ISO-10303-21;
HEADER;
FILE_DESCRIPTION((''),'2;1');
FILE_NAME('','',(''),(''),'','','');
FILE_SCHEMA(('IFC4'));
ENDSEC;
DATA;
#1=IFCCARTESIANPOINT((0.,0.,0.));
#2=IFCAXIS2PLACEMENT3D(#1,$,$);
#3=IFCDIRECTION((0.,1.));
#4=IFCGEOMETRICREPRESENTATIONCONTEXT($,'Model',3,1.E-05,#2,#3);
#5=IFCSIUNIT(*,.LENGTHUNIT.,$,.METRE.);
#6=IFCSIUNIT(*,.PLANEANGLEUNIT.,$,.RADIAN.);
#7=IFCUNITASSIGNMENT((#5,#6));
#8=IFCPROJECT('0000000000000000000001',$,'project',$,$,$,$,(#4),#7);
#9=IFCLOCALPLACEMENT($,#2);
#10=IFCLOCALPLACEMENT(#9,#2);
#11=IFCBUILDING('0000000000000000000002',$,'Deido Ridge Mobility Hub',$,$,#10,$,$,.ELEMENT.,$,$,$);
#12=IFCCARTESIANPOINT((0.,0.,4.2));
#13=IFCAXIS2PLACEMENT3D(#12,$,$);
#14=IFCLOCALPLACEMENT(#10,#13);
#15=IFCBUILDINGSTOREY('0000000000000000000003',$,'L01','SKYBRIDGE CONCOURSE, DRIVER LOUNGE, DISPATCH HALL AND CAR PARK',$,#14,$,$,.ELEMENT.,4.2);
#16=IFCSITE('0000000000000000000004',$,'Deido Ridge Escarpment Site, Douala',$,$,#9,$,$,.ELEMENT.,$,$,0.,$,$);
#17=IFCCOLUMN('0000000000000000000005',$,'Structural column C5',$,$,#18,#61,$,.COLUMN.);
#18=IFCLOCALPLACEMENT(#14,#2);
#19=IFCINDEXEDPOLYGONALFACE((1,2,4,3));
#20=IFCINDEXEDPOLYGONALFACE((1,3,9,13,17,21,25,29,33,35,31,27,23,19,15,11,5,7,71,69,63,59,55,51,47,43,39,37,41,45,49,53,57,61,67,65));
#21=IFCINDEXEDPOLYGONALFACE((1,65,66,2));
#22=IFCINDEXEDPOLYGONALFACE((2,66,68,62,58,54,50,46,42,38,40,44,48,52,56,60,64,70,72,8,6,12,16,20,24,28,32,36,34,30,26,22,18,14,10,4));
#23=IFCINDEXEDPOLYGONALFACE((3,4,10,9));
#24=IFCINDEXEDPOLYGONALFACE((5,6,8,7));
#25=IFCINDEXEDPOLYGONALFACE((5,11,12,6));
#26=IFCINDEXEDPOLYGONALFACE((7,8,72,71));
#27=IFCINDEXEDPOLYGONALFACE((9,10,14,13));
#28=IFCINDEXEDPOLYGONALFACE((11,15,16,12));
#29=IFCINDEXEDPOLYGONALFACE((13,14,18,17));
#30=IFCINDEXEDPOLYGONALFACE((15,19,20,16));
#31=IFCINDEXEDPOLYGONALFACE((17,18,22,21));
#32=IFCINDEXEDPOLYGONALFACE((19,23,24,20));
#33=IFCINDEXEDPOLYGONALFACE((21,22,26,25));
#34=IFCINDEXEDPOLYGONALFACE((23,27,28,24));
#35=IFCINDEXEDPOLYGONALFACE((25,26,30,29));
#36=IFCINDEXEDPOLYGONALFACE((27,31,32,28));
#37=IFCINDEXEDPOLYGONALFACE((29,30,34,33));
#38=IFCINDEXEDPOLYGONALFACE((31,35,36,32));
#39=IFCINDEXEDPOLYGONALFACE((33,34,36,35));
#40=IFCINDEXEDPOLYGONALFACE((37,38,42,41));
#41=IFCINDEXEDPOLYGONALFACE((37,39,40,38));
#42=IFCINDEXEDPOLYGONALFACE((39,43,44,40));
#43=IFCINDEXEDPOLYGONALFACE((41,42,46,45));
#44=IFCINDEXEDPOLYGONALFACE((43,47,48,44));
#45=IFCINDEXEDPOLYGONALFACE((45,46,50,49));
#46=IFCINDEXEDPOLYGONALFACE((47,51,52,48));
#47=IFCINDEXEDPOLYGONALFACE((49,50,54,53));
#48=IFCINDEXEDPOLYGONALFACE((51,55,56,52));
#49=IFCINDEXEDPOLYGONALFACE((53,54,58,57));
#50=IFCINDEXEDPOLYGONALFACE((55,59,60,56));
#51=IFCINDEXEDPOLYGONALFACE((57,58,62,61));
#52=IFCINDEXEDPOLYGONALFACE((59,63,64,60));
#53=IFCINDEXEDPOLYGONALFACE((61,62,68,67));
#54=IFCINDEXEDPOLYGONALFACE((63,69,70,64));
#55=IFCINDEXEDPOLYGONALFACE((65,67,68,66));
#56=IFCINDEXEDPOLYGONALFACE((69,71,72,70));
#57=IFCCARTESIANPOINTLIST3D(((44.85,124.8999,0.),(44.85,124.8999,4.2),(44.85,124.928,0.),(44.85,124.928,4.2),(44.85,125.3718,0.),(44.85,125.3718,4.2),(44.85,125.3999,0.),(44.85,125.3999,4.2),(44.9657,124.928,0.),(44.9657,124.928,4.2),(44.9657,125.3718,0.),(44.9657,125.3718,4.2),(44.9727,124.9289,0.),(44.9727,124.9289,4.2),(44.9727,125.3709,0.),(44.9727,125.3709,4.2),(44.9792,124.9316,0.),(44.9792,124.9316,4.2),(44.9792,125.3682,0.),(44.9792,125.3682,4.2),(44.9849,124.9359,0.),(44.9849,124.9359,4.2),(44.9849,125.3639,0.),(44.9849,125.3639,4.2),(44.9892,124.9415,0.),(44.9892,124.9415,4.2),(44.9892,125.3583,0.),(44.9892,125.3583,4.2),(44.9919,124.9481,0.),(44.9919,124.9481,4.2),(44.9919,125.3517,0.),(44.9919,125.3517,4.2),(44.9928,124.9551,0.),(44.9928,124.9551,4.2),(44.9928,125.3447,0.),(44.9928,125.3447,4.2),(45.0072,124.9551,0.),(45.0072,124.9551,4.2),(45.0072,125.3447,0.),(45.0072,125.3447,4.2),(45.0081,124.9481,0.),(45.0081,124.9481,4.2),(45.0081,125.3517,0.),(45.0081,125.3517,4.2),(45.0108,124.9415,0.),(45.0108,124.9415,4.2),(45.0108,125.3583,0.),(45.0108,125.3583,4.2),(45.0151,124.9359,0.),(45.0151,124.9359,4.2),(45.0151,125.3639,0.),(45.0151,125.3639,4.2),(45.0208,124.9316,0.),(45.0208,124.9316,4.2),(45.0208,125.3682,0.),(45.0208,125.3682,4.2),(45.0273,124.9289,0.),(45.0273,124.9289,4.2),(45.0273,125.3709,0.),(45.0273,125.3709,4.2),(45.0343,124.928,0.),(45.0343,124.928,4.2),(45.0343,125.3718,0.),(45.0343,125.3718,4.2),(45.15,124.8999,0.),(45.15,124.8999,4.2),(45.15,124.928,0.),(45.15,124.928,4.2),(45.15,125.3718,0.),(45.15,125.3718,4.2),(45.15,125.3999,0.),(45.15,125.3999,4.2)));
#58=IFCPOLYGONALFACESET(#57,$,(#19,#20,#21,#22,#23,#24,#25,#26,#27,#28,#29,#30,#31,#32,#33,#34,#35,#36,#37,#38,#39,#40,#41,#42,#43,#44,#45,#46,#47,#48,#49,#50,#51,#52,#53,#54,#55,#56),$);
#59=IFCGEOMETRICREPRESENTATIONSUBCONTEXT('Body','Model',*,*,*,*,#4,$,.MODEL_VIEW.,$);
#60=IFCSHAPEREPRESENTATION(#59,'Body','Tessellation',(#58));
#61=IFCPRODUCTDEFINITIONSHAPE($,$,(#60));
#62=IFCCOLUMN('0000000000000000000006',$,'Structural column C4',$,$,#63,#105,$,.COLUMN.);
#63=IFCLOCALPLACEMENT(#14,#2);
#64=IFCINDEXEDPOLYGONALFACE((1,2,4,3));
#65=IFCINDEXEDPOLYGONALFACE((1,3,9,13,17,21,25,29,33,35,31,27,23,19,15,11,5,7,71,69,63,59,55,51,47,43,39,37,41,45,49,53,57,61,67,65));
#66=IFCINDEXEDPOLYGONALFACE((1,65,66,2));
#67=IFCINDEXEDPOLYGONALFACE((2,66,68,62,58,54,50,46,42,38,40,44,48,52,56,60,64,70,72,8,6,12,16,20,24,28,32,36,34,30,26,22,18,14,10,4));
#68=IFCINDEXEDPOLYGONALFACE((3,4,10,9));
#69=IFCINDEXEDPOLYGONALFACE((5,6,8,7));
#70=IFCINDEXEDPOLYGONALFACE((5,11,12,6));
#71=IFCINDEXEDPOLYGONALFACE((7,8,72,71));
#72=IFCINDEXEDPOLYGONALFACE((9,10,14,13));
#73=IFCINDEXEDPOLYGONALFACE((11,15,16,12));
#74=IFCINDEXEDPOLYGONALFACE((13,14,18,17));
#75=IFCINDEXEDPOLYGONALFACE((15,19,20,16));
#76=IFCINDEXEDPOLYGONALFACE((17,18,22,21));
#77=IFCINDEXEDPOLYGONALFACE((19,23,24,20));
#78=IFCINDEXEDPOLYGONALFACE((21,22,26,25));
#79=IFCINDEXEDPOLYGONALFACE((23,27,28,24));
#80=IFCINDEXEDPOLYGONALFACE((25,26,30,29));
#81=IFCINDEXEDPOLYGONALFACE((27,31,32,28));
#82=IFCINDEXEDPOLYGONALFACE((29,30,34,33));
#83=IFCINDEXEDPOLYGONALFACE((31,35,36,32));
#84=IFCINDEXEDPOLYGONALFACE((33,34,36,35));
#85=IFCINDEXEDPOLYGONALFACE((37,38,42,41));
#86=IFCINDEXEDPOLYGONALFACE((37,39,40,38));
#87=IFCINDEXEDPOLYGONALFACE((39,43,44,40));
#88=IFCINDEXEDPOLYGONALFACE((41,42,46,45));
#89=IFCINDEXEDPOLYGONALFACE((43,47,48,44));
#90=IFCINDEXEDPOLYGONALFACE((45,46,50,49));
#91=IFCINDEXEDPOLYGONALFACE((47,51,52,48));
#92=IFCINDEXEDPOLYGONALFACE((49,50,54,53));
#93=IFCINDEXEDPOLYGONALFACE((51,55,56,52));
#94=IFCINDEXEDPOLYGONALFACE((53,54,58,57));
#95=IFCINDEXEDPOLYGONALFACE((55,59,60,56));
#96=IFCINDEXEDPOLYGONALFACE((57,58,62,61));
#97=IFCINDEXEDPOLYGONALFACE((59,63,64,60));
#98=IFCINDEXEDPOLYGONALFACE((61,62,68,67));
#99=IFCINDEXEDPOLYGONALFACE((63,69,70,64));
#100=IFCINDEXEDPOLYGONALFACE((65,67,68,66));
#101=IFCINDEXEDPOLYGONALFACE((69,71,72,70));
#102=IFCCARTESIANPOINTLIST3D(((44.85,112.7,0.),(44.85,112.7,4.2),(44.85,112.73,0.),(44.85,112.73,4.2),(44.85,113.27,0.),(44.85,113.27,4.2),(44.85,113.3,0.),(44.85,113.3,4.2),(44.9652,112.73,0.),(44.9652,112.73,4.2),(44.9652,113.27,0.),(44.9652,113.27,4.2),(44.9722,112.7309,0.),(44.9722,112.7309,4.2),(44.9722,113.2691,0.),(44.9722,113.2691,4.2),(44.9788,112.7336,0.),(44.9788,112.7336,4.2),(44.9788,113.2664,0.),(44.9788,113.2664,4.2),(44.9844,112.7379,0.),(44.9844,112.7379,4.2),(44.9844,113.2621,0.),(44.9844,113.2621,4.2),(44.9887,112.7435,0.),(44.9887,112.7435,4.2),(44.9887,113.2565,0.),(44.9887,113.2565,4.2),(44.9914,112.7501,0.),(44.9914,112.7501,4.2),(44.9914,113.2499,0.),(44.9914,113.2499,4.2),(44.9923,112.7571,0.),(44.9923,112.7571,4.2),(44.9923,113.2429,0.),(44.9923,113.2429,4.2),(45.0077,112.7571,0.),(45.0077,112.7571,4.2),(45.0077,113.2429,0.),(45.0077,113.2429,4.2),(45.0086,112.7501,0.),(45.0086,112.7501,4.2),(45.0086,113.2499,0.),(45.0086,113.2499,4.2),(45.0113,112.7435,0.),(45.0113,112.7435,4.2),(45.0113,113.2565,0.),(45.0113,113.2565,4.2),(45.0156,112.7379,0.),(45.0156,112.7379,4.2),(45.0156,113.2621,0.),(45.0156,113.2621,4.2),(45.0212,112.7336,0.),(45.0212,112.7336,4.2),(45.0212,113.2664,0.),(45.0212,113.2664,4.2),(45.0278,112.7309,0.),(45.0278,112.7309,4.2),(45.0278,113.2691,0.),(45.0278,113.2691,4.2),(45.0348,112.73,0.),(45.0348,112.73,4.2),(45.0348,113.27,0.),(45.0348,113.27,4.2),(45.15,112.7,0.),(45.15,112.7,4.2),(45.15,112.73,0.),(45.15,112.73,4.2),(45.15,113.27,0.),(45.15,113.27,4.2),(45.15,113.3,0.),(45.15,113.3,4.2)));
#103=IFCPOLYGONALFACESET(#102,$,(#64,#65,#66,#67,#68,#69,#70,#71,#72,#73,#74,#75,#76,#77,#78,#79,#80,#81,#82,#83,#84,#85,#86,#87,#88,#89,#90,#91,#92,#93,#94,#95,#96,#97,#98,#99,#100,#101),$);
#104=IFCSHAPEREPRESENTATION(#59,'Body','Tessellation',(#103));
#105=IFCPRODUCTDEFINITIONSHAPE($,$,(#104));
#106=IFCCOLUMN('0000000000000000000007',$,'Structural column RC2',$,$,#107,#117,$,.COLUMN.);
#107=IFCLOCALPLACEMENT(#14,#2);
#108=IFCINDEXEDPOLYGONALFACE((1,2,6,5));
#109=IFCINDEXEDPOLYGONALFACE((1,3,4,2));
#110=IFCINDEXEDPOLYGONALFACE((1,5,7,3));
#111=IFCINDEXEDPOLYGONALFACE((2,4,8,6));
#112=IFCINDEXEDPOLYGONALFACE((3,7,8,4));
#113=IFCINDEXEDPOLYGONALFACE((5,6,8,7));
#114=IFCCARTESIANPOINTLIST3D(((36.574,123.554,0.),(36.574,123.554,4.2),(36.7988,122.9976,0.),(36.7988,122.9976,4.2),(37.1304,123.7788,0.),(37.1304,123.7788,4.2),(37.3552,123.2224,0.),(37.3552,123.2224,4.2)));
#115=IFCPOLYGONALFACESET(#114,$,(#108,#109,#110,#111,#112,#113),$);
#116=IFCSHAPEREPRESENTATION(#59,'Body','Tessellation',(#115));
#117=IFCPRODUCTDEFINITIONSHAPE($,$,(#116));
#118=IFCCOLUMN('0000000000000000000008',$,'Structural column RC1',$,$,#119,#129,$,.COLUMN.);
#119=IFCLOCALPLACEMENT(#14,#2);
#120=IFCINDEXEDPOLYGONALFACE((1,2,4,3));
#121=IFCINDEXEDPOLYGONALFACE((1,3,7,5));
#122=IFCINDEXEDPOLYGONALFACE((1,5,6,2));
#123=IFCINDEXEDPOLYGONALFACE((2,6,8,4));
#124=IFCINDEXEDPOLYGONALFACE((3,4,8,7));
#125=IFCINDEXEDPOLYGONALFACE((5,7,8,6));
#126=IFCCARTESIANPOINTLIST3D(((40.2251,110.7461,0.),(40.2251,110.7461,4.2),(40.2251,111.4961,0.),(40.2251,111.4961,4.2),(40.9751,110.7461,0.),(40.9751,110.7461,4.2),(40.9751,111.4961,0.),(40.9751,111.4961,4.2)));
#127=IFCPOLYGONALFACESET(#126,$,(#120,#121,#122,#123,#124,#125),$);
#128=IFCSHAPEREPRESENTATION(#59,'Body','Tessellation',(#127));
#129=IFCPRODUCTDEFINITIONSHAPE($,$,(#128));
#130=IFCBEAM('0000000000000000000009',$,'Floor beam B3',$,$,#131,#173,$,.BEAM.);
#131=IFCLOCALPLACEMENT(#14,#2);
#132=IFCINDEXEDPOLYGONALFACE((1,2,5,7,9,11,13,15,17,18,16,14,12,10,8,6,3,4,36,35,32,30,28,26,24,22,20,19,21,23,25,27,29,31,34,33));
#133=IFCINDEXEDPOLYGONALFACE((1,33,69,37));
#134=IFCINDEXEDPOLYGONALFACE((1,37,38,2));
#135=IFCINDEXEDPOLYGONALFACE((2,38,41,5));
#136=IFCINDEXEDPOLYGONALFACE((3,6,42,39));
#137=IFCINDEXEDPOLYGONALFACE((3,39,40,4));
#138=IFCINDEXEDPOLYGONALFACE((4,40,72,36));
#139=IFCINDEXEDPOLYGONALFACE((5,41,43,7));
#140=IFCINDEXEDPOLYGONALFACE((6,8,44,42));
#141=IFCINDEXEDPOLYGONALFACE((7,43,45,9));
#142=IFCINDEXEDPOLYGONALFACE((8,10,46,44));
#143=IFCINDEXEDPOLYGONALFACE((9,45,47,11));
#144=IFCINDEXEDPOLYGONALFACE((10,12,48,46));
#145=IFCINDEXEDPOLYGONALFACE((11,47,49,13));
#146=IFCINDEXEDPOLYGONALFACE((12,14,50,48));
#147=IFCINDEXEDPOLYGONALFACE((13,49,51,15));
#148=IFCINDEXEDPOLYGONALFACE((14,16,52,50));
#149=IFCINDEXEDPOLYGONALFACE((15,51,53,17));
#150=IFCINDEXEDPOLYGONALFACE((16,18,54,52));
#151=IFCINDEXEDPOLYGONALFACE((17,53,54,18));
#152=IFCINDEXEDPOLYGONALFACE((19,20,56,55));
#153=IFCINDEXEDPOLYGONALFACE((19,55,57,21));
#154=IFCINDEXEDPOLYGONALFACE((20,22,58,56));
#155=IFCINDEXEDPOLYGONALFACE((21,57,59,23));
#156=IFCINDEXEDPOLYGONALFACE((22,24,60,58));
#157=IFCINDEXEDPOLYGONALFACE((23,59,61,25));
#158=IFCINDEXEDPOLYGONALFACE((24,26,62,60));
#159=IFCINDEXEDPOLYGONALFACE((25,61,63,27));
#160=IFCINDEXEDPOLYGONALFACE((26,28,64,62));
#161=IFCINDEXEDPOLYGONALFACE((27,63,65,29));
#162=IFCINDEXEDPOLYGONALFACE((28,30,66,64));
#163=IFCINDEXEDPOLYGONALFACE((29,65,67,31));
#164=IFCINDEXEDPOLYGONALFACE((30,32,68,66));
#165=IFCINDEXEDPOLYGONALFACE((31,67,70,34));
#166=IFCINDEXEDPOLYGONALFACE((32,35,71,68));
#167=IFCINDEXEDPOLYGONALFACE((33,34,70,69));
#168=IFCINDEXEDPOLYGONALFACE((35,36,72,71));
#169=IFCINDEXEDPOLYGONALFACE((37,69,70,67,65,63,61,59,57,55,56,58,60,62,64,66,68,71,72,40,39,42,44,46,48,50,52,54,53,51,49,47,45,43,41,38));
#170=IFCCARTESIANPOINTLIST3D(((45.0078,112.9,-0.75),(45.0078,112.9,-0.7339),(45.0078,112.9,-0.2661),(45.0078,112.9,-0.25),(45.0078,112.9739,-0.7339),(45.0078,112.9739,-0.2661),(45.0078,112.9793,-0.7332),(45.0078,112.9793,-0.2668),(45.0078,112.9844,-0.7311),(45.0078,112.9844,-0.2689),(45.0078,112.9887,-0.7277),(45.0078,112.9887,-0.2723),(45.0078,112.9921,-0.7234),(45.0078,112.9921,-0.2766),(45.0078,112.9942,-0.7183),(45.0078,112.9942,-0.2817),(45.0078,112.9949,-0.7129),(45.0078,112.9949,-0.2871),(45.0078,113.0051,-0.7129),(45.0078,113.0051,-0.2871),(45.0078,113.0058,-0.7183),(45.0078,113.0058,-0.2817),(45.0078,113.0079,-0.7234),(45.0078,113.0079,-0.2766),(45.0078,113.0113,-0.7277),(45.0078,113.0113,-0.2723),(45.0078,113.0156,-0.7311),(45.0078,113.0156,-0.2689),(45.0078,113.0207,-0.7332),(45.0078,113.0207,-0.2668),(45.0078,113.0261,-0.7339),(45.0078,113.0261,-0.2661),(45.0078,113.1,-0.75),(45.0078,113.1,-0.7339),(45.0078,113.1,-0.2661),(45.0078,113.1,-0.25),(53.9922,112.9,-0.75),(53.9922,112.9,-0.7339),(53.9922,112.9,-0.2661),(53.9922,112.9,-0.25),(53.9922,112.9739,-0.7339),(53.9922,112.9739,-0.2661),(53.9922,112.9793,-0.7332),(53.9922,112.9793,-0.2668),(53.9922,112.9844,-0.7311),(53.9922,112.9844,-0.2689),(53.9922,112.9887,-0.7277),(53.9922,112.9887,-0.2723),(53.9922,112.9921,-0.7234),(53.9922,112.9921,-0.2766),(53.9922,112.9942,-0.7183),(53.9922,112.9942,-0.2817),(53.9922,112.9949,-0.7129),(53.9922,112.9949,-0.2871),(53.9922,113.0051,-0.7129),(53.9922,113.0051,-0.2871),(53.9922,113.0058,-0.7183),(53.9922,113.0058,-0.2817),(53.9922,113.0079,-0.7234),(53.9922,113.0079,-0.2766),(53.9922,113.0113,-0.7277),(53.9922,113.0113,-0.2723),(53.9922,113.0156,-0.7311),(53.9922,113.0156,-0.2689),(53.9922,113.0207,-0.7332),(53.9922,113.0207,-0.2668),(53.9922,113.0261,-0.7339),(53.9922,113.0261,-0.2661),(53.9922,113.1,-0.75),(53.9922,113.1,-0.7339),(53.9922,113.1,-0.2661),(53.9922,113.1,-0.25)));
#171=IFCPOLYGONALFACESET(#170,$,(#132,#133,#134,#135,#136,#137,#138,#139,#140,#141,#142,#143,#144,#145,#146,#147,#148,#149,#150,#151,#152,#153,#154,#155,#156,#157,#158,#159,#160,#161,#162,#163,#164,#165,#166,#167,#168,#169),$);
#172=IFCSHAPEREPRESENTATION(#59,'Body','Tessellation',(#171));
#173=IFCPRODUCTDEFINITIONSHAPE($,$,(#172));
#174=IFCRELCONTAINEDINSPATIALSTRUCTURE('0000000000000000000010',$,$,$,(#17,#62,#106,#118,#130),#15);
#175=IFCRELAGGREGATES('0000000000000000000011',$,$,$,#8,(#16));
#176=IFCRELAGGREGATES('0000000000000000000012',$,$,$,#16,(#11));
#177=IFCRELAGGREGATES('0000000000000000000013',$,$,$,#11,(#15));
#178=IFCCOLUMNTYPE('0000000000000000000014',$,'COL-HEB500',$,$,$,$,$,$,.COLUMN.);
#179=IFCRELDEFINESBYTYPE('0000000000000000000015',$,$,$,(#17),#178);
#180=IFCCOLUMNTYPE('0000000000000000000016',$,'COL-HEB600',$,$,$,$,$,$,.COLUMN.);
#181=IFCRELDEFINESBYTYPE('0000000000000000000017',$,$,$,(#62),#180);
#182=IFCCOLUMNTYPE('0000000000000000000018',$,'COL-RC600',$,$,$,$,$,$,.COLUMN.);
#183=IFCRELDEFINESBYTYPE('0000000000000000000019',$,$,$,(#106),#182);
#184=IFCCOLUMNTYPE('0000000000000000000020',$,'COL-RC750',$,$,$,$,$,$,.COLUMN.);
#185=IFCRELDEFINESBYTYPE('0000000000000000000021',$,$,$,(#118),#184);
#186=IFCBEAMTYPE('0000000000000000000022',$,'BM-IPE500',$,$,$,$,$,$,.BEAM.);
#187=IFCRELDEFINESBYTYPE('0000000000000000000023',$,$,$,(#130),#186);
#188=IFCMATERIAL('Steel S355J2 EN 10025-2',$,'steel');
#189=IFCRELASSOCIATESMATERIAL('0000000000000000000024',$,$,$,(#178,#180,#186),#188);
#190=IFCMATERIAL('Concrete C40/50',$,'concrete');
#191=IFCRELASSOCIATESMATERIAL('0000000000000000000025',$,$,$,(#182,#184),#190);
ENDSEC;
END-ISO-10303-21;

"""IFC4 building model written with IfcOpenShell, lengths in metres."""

from ifc_helpers import new_model, si_unit, direction, frame, origin, origin_2d, place, context, subcontext, project, spatial, rectangle, i_section, extrude, material, material_profile, profile_set, type_object, element, save


model = new_model("IFC4")

# Units and contexts
model_context = context("Model", 3, precision=1e-05, world=origin(), true_north=direction((0.0, 1.0)))
body_context = subcontext(model_context, "Body", "Model", "MODEL_VIEW")
ifc_project = project(units=[si_unit("LENGTHUNIT", "METRE"), si_unit("PLANEANGLEUNIT", "RADIAN")], contexts=[model_context])

# Site, building, storey
site_placement = place(None, origin())
site = spatial("IfcSite", under=ifc_project, at=site_placement, Name="Deido Ridge Escarpment Site, Douala", CompositionType="ELEMENT", RefElevation=0.0)
building_placement = place(site_placement, origin())
building = spatial("IfcBuilding", under=site, at=building_placement, Name="Deido Ridge Mobility Hub", CompositionType="ELEMENT")
storey_placement = place(building_placement, frame((0.0, 0.0, 4.2)))
storey = spatial("IfcBuildingStorey", under=building, at=storey_placement, Name="L01", Description="SKYBRIDGE CONCOURSE, DRIVER LOUNGE, DISPATCH HALL AND CAR PARK", CompositionType="ELEMENT", Elevation=4.2)

# Columns
ifc_material_1 = material(Name="Steel S355J2 EN 10025-2", Category="steel")
ifc_material_profile_1 = material_profile(ifc_material_1, i_section(OverallWidth=0.3, OverallDepth=0.5, WebThickness=0.0144, FlangeThickness=0.0281, FilletRadius=0.0271, at=origin_2d()), Name="HEB 500")
ifc_profile_set_1 = profile_set([ifc_material_profile_1], Name="Steel S355J2 EN 10025-2")
column_type_1 = type_object("IfcColumnType", Name="COL-HEB500", PredefinedType="COLUMN", material=ifc_profile_set_1)
column_1_placement = place(storey_placement, frame((45.0, 125.1499, 0.0), z_axis=(0.0, 0.0, 1.0), x_axis=(1.0, 0.0, 0.0)))
element("IfcColumn", 1, at=column_1_placement, inside=storey, type_object=column_type_1, Name="Structural column C5", PredefinedType="COLUMN", context=body_context, shape_type="SweptSolid", body=[
    extrude(i_section(OverallWidth=0.3, OverallDepth=0.5, WebThickness=0.0144, FlangeThickness=0.0281, FilletRadius=0.0271, at=origin_2d()), origin(), (0.0, 0.0, 1.0), 4.2),
])
ifc_material_profile_2 = material_profile(ifc_material_1, i_section(OverallWidth=0.3, OverallDepth=0.6001, WebThickness=0.0154, FlangeThickness=0.03, FilletRadius=0.0271, at=origin_2d()), Name="HEB 600")
ifc_profile_set_2 = profile_set([ifc_material_profile_2], Name="Steel S355J2 EN 10025-2")
column_type_2 = type_object("IfcColumnType", Name="COL-HEB600", PredefinedType="COLUMN", material=ifc_profile_set_2)
column_2_placement = place(storey_placement, frame((45.0, 113.0, 0.0), z_axis=(0.0, 0.0, 1.0), x_axis=(1.0, 0.0, 0.0)))
element("IfcColumn", 2, at=column_2_placement, inside=storey, type_object=column_type_2, Name="Structural column C4", PredefinedType="COLUMN", context=body_context, shape_type="SweptSolid", body=[
    extrude(i_section(OverallWidth=0.3, OverallDepth=0.6001, WebThickness=0.0154, FlangeThickness=0.03, FilletRadius=0.0271, at=origin_2d()), origin(), (0.0, 0.0, 1.0), 4.2),
])
ifc_material_2 = material(Name="Concrete C40/50", Category="concrete")
ifc_material_profile_3 = material_profile(ifc_material_2, rectangle(XDim=0.6001, YDim=0.6001, at=origin_2d()), Name="RC COL 600x600")
ifc_profile_set_3 = profile_set([ifc_material_profile_3], Name="Concrete C40/50")
column_type_3 = type_object("IfcColumnType", Name="COL-RC600", PredefinedType="COLUMN", material=ifc_profile_set_3)
column_3_placement = place(storey_placement, frame((36.9646, 123.3882, 0.0), z_axis=(0.0, 0.0, 1.0), x_axis=(-0.374607, 0.927184, 0.0)))
element("IfcColumn", 3, at=column_3_placement, inside=storey, type_object=column_type_3, Name="Structural column RC2", PredefinedType="COLUMN", context=body_context, shape_type="SweptSolid", body=[
    extrude(rectangle(XDim=0.6001, YDim=0.6001, at=origin_2d()), origin(), (0.0, 0.0, 1.0), 4.2),
])
ifc_material_profile_4 = material_profile(ifc_material_2, rectangle(XDim=0.75, YDim=0.75, at=origin_2d()), Name="RC COL 750x750")
ifc_profile_set_4 = profile_set([ifc_material_profile_4], Name="Concrete C40/50")
column_type_4 = type_object("IfcColumnType", Name="COL-RC750", PredefinedType="COLUMN", material=ifc_profile_set_4)
column_4_placement = place(storey_placement, frame((40.6001, 111.1211, 0.0), z_axis=(0.0, 0.0, 1.0), x_axis=(1.0, 0.0, 0.0)))
element("IfcColumn", 4, at=column_4_placement, inside=storey, type_object=column_type_4, Name="Structural column RC1", PredefinedType="COLUMN", context=body_context, shape_type="SweptSolid", body=[
    extrude(rectangle(XDim=0.75, YDim=0.75, at=origin_2d()), origin(), (0.0, 0.0, 1.0), 4.2),
])

# Beam
ifc_material_profile_5 = material_profile(ifc_material_1, i_section(OverallWidth=0.2, OverallDepth=0.5, WebThickness=0.0103, FlangeThickness=0.0161, FilletRadius=0.021, at=origin_2d()), Name="IPE 500")
ifc_profile_set_5 = profile_set([ifc_material_profile_5], Name="Steel S355J2 EN 10025-2")
beam_type_1 = type_object("IfcBeamType", Name="BM-IPE500", PredefinedType="BEAM", material=ifc_profile_set_5)
beam_1_placement = place(storey_placement, frame((45.0078, 113.0, -0.5), z_axis=(1.0, 0.0, 0.0), x_axis=(0.0, 1.0, 0.0)))
element("IfcBeam", 5, at=beam_1_placement, inside=storey, type_object=beam_type_1, Name="Floor beam B3", PredefinedType="BEAM", context=body_context, shape_type="SweptSolid", body=[
    extrude(i_section(OverallWidth=0.2, OverallDepth=0.5, WebThickness=0.0103, FlangeThickness=0.0161, FilletRadius=0.021, at=origin_2d()), origin(), (0.0, 0.0, 1.0), 8.9844),
])

save(model, "model.ifc")
